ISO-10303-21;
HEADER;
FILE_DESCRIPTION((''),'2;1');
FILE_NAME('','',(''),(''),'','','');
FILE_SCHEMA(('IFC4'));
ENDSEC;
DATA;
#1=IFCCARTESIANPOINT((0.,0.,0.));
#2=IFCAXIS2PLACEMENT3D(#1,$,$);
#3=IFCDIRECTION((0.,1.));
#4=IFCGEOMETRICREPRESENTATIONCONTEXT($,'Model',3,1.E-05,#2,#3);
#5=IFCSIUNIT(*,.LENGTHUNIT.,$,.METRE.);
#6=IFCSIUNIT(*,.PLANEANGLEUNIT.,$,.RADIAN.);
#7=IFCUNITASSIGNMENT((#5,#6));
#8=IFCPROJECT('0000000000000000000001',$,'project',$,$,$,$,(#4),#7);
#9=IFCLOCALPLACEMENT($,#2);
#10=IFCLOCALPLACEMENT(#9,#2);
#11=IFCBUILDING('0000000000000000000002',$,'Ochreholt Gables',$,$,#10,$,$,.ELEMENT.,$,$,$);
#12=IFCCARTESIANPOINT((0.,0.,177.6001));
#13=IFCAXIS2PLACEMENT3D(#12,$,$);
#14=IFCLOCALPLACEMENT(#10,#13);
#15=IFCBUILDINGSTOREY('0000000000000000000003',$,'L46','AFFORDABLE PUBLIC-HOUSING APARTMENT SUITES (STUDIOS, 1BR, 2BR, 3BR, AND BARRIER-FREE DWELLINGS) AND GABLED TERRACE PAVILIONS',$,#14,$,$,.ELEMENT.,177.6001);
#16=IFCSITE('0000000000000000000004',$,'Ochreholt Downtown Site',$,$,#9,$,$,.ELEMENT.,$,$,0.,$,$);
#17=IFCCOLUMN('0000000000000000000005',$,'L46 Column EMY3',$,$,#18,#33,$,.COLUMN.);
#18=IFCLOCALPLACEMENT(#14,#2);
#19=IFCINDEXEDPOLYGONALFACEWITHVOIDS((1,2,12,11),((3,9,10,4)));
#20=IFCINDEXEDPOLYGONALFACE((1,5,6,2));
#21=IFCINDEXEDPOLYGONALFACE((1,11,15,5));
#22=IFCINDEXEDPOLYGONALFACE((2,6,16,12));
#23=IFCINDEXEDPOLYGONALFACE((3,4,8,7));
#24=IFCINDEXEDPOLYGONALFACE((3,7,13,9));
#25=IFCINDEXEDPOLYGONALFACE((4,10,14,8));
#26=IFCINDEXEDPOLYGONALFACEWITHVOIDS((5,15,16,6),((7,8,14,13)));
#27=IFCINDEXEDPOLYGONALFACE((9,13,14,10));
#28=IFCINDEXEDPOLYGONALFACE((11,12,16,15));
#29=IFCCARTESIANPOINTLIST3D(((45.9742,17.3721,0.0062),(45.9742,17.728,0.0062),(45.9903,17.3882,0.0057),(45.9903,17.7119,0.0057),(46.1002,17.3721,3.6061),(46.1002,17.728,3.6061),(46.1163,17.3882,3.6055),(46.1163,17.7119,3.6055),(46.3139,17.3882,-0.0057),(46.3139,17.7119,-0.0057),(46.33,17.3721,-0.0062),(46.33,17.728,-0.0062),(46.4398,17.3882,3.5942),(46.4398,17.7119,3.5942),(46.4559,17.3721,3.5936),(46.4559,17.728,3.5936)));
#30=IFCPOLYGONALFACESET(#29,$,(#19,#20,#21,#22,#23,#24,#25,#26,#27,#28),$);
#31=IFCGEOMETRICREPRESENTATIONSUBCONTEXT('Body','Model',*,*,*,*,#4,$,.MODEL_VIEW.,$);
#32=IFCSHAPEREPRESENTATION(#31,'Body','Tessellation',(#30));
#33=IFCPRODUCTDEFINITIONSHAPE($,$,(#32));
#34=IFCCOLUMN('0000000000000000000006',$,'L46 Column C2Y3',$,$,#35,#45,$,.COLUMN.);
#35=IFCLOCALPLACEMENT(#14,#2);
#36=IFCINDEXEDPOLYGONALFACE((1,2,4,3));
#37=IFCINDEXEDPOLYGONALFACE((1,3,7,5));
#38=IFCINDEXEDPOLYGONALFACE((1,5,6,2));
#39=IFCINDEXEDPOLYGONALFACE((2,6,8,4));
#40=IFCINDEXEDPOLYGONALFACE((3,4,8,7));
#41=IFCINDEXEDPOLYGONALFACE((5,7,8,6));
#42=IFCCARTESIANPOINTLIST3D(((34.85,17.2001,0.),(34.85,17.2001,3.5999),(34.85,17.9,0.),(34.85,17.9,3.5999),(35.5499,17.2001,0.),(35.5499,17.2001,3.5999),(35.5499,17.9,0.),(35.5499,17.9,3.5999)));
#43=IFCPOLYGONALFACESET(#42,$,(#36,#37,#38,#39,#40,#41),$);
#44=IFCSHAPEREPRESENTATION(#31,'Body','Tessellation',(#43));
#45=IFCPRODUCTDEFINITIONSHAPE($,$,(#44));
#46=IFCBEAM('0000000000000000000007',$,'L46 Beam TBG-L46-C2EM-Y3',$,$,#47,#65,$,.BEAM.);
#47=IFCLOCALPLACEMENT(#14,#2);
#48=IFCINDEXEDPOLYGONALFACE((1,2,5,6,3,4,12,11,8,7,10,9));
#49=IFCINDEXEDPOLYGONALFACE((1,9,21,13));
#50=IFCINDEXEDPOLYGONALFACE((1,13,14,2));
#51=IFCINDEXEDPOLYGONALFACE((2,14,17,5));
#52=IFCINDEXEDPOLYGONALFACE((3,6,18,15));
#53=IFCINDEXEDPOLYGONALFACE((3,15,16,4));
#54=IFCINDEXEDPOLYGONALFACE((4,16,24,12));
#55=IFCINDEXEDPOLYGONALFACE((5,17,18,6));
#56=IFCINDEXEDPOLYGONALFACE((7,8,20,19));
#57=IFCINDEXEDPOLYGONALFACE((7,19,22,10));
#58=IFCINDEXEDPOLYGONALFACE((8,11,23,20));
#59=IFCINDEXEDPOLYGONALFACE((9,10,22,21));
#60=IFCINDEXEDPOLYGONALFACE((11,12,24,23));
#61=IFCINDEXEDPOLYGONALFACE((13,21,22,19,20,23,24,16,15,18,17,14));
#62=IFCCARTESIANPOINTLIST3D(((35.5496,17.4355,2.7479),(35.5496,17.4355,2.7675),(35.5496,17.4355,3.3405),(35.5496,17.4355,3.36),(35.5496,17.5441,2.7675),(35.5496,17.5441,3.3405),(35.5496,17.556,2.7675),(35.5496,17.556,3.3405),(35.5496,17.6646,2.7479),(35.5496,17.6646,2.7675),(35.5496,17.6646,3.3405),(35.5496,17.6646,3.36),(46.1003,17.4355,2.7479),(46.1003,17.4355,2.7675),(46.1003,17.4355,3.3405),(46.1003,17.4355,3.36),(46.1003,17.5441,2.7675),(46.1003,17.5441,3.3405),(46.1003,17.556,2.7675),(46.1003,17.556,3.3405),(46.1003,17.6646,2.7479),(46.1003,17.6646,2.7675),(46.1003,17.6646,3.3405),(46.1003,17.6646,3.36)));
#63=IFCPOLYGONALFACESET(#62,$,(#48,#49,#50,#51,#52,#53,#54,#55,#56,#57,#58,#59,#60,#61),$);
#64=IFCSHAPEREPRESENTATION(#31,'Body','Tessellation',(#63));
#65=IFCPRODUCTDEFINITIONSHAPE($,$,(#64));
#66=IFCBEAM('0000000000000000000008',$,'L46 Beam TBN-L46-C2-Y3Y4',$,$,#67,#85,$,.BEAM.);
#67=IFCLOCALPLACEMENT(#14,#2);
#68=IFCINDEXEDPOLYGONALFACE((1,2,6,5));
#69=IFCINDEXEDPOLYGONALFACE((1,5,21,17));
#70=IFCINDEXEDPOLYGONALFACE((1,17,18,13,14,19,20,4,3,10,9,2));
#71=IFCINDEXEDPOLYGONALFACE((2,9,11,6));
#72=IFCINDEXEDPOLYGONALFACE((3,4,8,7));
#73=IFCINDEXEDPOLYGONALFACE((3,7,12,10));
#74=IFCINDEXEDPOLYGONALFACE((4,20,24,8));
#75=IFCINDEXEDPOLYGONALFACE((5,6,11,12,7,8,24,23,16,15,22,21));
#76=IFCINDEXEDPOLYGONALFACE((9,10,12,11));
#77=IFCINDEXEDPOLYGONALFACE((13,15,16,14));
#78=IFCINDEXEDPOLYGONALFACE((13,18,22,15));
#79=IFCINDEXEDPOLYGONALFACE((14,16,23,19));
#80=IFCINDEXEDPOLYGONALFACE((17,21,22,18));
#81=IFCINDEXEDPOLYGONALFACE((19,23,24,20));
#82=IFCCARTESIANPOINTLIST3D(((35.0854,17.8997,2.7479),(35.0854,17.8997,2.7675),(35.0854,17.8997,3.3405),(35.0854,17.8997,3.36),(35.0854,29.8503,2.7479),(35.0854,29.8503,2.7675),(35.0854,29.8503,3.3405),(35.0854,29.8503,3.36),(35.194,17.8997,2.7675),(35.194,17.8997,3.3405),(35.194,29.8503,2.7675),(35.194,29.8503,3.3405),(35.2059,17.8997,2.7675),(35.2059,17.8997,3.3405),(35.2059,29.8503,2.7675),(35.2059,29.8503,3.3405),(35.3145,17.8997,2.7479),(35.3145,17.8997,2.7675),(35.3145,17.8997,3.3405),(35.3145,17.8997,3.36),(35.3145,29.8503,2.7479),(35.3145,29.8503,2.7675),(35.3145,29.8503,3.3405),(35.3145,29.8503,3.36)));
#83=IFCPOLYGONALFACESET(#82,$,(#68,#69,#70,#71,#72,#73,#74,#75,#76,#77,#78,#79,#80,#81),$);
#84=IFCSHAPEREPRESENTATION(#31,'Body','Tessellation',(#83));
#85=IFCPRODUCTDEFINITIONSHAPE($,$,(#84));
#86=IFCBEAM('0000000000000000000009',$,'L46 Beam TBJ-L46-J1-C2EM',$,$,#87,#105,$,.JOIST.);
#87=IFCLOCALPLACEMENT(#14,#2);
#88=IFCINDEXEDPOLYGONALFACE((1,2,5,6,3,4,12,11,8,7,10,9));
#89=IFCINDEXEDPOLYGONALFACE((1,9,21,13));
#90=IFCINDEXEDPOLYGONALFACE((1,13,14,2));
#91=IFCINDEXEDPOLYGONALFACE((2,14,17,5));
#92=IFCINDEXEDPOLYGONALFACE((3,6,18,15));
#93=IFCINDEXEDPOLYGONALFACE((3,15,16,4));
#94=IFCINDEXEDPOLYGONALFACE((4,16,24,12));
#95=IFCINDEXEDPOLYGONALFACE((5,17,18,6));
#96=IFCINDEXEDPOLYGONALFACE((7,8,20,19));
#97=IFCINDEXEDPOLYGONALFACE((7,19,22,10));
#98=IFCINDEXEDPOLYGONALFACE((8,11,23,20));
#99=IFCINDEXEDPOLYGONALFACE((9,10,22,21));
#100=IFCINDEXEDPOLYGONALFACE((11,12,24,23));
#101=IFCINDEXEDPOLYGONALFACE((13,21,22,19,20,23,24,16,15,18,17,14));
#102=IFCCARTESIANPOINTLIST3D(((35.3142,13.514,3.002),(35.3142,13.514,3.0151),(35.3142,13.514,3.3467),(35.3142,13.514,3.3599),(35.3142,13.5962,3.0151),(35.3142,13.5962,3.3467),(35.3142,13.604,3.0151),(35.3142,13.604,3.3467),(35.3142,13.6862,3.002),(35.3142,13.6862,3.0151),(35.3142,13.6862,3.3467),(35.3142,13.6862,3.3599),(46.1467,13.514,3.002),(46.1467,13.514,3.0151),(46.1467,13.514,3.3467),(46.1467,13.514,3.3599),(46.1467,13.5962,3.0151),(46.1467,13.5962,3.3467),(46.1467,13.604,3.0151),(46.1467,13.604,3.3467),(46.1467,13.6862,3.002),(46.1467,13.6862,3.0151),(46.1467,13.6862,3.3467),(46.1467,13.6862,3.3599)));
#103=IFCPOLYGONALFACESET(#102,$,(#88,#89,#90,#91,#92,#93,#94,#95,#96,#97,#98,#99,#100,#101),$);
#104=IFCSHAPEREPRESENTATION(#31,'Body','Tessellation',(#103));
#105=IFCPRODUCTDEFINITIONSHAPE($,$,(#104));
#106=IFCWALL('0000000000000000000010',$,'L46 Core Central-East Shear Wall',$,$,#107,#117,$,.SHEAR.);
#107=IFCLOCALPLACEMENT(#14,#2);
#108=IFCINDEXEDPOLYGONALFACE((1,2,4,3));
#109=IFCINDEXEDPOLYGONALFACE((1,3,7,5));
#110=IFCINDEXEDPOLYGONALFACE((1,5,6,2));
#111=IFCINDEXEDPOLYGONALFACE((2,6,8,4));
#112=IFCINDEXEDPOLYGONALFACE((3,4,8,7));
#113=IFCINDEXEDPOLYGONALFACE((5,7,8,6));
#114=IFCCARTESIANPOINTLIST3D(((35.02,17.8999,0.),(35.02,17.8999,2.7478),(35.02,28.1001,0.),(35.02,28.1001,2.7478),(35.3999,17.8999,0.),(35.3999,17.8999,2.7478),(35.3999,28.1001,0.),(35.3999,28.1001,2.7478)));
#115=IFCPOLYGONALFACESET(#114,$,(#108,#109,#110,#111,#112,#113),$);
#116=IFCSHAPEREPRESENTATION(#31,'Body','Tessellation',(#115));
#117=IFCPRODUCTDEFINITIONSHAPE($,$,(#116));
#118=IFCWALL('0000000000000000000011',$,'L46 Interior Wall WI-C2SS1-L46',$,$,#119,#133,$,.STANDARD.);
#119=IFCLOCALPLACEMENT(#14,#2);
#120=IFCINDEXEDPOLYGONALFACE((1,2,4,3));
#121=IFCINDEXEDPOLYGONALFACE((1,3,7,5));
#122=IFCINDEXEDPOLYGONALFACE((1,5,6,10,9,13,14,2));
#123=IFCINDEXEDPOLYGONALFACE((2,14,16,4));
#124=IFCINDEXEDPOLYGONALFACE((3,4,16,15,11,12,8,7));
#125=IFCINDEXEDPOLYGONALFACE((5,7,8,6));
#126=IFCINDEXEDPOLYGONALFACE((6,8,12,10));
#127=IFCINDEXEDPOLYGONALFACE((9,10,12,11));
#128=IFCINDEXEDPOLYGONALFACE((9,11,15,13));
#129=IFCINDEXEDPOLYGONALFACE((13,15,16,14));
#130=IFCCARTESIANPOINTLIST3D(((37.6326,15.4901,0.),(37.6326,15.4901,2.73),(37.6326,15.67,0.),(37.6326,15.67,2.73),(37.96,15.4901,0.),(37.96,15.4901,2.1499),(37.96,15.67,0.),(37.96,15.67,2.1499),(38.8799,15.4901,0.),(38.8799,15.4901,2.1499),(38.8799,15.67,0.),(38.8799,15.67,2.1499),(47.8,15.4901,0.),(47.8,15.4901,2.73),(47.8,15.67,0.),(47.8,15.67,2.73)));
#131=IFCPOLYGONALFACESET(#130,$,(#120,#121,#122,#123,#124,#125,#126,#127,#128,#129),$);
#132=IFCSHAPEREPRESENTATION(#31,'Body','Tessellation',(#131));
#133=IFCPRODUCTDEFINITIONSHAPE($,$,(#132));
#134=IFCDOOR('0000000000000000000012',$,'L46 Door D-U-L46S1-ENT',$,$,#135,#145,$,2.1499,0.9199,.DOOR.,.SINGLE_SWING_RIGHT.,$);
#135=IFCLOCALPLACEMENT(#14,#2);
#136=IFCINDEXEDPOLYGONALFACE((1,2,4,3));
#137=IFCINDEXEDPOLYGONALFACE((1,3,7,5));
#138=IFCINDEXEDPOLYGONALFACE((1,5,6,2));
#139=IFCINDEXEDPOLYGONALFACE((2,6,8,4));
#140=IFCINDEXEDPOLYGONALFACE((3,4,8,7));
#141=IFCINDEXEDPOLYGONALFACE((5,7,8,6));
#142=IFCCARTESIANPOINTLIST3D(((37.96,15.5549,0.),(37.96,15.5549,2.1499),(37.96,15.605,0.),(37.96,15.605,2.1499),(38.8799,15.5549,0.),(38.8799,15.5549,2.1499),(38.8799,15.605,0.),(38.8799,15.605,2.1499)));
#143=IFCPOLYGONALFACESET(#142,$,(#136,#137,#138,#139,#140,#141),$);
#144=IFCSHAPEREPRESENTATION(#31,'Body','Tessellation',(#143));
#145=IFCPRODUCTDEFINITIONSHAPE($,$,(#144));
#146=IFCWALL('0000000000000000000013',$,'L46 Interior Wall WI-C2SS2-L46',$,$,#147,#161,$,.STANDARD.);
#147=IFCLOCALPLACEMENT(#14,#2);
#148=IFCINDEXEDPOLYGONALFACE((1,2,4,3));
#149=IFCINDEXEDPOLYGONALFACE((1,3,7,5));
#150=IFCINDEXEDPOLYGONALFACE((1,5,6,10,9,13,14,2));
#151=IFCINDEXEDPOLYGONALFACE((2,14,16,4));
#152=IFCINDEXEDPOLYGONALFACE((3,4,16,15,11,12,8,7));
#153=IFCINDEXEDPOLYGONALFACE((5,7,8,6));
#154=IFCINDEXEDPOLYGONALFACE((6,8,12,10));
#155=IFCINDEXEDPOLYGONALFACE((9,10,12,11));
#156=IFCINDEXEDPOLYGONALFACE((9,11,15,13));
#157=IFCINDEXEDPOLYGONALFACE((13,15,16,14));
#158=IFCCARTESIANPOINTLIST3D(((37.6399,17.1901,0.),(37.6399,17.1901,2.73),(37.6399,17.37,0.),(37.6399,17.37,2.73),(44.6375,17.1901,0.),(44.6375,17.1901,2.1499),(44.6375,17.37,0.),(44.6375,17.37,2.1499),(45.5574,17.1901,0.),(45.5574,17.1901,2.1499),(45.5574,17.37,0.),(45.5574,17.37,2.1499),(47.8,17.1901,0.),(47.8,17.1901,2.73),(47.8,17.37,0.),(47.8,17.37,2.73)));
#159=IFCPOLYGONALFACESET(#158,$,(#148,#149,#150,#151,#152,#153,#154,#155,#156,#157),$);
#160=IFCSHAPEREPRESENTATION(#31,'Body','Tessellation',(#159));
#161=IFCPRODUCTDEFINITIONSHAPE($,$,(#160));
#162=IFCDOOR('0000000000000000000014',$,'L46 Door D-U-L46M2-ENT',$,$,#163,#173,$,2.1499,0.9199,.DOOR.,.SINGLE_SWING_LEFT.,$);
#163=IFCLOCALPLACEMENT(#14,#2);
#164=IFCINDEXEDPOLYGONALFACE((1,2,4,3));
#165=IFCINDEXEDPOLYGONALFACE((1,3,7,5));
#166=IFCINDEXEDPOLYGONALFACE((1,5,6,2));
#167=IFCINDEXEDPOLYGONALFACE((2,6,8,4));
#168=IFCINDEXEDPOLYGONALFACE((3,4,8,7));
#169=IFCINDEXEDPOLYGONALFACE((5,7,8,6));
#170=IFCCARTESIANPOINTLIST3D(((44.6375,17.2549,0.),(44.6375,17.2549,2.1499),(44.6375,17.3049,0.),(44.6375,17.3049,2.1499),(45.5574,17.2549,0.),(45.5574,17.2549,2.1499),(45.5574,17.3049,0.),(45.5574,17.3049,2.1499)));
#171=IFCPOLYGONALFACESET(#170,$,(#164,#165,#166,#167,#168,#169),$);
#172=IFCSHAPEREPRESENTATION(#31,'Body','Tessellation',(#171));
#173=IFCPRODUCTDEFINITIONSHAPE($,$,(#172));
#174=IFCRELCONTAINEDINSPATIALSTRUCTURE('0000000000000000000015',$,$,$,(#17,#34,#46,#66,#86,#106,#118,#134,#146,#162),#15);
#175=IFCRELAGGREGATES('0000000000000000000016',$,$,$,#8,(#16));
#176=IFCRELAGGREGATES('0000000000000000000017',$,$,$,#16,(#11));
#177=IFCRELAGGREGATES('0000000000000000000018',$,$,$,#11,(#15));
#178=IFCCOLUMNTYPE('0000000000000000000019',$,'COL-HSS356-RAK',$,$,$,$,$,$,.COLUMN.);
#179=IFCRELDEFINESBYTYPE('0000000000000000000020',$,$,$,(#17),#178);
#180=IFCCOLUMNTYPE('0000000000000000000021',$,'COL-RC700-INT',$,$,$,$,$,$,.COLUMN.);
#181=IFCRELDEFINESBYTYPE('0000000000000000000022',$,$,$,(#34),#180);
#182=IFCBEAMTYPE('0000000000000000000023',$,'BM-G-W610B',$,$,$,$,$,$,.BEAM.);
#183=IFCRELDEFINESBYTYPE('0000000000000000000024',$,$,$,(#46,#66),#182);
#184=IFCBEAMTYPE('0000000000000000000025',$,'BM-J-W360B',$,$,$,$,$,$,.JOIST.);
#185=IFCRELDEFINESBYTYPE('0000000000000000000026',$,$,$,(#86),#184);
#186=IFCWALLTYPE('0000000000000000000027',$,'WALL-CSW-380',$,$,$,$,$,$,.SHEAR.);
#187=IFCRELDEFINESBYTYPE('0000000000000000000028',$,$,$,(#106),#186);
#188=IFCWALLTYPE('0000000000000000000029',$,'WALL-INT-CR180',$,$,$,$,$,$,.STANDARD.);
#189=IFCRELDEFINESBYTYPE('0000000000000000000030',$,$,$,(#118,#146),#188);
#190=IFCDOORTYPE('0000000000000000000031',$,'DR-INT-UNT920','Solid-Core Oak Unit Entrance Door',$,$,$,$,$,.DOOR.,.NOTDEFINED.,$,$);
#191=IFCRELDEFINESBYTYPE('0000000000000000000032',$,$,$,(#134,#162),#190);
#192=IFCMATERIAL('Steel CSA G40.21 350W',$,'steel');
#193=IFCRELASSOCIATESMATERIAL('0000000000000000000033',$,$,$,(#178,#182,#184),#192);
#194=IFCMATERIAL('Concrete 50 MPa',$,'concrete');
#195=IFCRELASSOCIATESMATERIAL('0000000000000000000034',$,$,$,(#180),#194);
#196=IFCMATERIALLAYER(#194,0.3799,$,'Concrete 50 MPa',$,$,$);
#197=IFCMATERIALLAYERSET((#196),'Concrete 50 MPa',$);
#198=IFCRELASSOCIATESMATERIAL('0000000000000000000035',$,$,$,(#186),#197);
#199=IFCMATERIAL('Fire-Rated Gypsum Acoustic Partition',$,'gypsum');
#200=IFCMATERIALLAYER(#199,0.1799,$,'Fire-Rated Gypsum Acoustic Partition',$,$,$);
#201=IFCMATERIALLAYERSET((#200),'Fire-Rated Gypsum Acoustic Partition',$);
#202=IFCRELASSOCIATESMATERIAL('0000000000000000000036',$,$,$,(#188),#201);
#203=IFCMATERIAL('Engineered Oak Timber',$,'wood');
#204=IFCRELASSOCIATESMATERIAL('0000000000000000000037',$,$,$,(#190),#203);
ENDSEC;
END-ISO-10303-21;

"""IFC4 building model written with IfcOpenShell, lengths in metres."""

from ifc_helpers import new_model, si_unit, direction, frame, frame_2d, origin, origin_2d, place, context, subcontext, project, spatial, rectangle, hollow_rectangle, i_section, extrude, material, layer, layer_set, material_profile, profile_set, type_object, element, fill, save


model = new_model("IFC4")

# Units and contexts
model_context = context("Model", 3, precision=1e-05, world=origin(), true_north=direction((0.0, 1.0)))
body_context = subcontext(model_context, "Body", "Model", "MODEL_VIEW")
ifc_project = project(units=[si_unit("LENGTHUNIT", "METRE"), si_unit("PLANEANGLEUNIT", "RADIAN")], contexts=[model_context])

# Site, building, storey
site_placement = place(None, origin())
site = spatial("IfcSite", under=ifc_project, at=site_placement, Name="Ochreholt Downtown Site", CompositionType="ELEMENT", RefElevation=0.0)
building_placement = place(site_placement, origin())
building = spatial("IfcBuilding", under=site, at=building_placement, Name="Ochreholt Gables", CompositionType="ELEMENT")
storey_placement = place(building_placement, frame((0.0, 0.0, 177.6001)))
storey = spatial("IfcBuildingStorey", under=building, at=storey_placement, Name="L46", Description="AFFORDABLE PUBLIC-HOUSING APARTMENT SUITES (STUDIOS, 1BR, 2BR, 3BR, AND BARRIER-FREE DWELLINGS) AND GABLED TERRACE PAVILIONS", CompositionType="ELEMENT", Elevation=177.6001)

# Columns
ifc_material_1 = material(Name="Steel CSA G40.21 350W", Category="steel")
ifc_material_profile_1 = material_profile(ifc_material_1, hollow_rectangle(XDim=0.356, YDim=0.356, WallThickness=0.0161, at=origin_2d()), Name="HSS356X356X16")
ifc_profile_set_1 = profile_set([ifc_material_profile_1], Name="Steel CSA G40.21 350W")
column_type_1 = type_object("IfcColumnType", Name="COL-HSS356-RAK", PredefinedType="COLUMN", material=ifc_profile_set_1)
column_1_placement = place(storey_placement, frame((46.1521, 17.55, 0.0), z_axis=(0.034974, 0.0, 0.999388), x_axis=(0.0, 1.0, 0.0)))
element("IfcColumn", 1, at=column_1_placement, inside=storey, type_object=column_type_1, Name="L46 Column EMY3", PredefinedType="COLUMN", context=body_context, shape_type="SweptSolid", body=[
    extrude(hollow_rectangle(XDim=0.356, YDim=0.356, WallThickness=0.0161, at=origin_2d()), origin(), (0.0, 0.0, 1.0), 3.6021),
])
ifc_material_2 = material(Name="Concrete 50 MPa", Category="concrete")
ifc_material_profile_2 = material_profile(ifc_material_2, rectangle(XDim=0.7, YDim=0.7, at=origin_2d()), Name="RC700X700")
ifc_profile_set_2 = profile_set([ifc_material_profile_2], Name="Concrete 50 MPa")
column_type_2 = type_object("IfcColumnType", Name="COL-RC700-INT", PredefinedType="COLUMN", material=ifc_profile_set_2)
column_2_placement = place(storey_placement, frame((35.2, 17.55, 0.0), z_axis=(0.0, 0.0, 1.0), x_axis=(1.0, 0.0, 0.0)))
element("IfcColumn", 2, at=column_2_placement, inside=storey, type_object=column_type_2, Name="L46 Column C2Y3", PredefinedType="COLUMN", context=body_context, shape_type="SweptSolid", body=[
    extrude(rectangle(XDim=0.7, YDim=0.7, at=origin_2d()), origin(), (0.0, 0.0, 1.0), 3.5999),
])

# Beams
ifc_material_profile_3 = material_profile(ifc_material_1, i_section(OverallWidth=0.229, OverallDepth=0.6121, WebThickness=0.012, FlangeThickness=0.0195, at=origin_2d()), Name="W610X125")
ifc_profile_set_3 = profile_set([ifc_material_profile_3], Name="Steel CSA G40.21 350W")
beam_type_1 = type_object("IfcBeamType", Name="BM-G-W610B", PredefinedType="BEAM", material=ifc_profile_set_3)
beam_1_placement = place(storey_placement, frame((35.5496, 17.55, 3.054), z_axis=(1.0, 0.0, 0.0), x_axis=(0.0, 1.0, 0.0)))
element("IfcBeam", 3, at=beam_1_placement, inside=storey, type_object=beam_type_1, Name="L46 Beam TBG-L46-C2EM-Y3", PredefinedType="BEAM", context=body_context, shape_type="SweptSolid", body=[
    extrude(i_section(OverallWidth=0.229, OverallDepth=0.6121, WebThickness=0.012, FlangeThickness=0.0195, at=origin_2d()), origin(), (0.0, 0.0, 1.0), 10.5508),
])
beam_2_placement = place(storey_placement, frame((35.2, 17.8997, 3.054), z_axis=(0.0, 1.0, 0.0), x_axis=(-1.0, 0.0, 0.0)))
element("IfcBeam", 4, at=beam_2_placement, inside=storey, type_object=beam_type_1, Name="L46 Beam TBN-L46-C2-Y3Y4", PredefinedType="BEAM", context=body_context, shape_type="SweptSolid", body=[
    extrude(i_section(OverallWidth=0.229, OverallDepth=0.6121, WebThickness=0.012, FlangeThickness=0.0195, at=origin_2d()), origin(), (0.0, 0.0, 1.0), 11.9507),
])
ifc_material_profile_4 = material_profile(ifc_material_1, i_section(OverallWidth=0.1721, OverallDepth=0.3579, WebThickness=0.0078, FlangeThickness=0.0132, at=origin_2d()), Name="W360X57")
ifc_profile_set_4 = profile_set([ifc_material_profile_4], Name="Steel CSA G40.21 350W")
beam_type_2 = type_object("IfcBeamType", Name="BM-J-W360B", PredefinedType="JOIST", material=ifc_profile_set_4)
beam_3_placement = place(storey_placement, frame((35.3142, 13.6001, 3.1809), z_axis=(1.0, 0.0, 0.0), x_axis=(0.0, 1.0, 0.0)))
element("IfcBeam", 5, at=beam_3_placement, inside=storey, type_object=beam_type_2, Name="L46 Beam TBJ-L46-J1-C2EM", PredefinedType="JOIST", context=body_context, shape_type="SweptSolid", body=[
    extrude(i_section(OverallWidth=0.1721, OverallDepth=0.3579, WebThickness=0.0078, FlangeThickness=0.0132, at=origin_2d()), origin(), (0.0, 0.0, 1.0), 10.8325),
])

# Wall
ifc_layer_1 = layer(ifc_material_2, 0.3799, Name="Concrete 50 MPa")
ifc_layer_set_1 = layer_set([ifc_layer_1], Name="Concrete 50 MPa")
wall_type_1 = type_object("IfcWallType", Name="WALL-CSW-380", PredefinedType="SHEAR", material=ifc_layer_set_1)
wall_1_placement = place(storey_placement, frame((35.21, 17.8999, 0.0), z_axis=(0.0, 0.0, 1.0), x_axis=(0.0, 1.0, 0.0)))
element("IfcWall", 6, at=wall_1_placement, inside=storey, type_object=wall_type_1, Name="L46 Core Central-East Shear Wall", PredefinedType="SHEAR", context=body_context, shape_type="SweptSolid", body=[
    extrude(rectangle(XDim=10.2002, YDim=0.3799, at=frame_2d((5.1001, 0.0))), origin(), (0.0, 0.0, 1.0), 2.7478),
])

# Shared definitions
ifc_material_3 = material(Name="Fire-Rated Gypsum Acoustic Partition", Category="gypsum")
ifc_layer_2 = layer(ifc_material_3, 0.1799, Name="Fire-Rated Gypsum Acoustic Partition")
ifc_layer_set_2 = layer_set([ifc_layer_2], Name="Fire-Rated Gypsum Acoustic Partition")
wall_type_2 = type_object("IfcWallType", Name="WALL-INT-CR180", PredefinedType="STANDARD", material=ifc_layer_set_2)
ifc_material_4 = material(Name="Engineered Oak Timber", Category="wood")

# Walls, openings, doors
wall_2_placement = place(storey_placement, frame((37.6326, 15.5801, 0.0), z_axis=(0.0, 0.0, 1.0), x_axis=(1.0, 0.0, 0.0)))
wall_2 = element("IfcWall", 7, at=wall_2_placement, inside=storey, type_object=wall_type_2, Name="L46 Interior Wall WI-C2SS1-L46", PredefinedType="STANDARD", context=body_context, shape_type="SweptSolid", body=[
    extrude(rectangle(XDim=10.1675, YDim=0.1799, at=frame_2d((5.0837, 0.0))), origin(), (0.0, 0.0, 1.0), 2.73),
])
opening_1_placement = place(wall_2_placement, frame((0.3274, 0.0, 0.0)))
opening_1 = element("IfcOpeningElement", 8, at=opening_1_placement, cuts=wall_2, PredefinedType="OPENING", context=body_context, shape_type="SweptSolid", body=[
    extrude(rectangle(XDim=0.9199, YDim=2.1499, at=frame_2d((0.46, 1.075))), frame((0.0, 0.0999, 0.0), z_axis=(0.0, -1.0, 0.0), x_axis=(1.0, 0.0, 0.0)), (0.0, 0.0, 1.0), 0.2),
])
door_type_1 = type_object("IfcDoorType", Name="DR-INT-UNT920", Description="Solid-Core Oak Unit Entrance Door", OperationType="NOTDEFINED", PredefinedType="DOOR", material=ifc_material_4)
door_1_placement = place(opening_1_placement, origin())
door_1 = element("IfcDoor", 9, at=door_1_placement, inside=storey, type_object=door_type_1, Name="L46 Door D-U-L46S1-ENT", OperationType="SINGLE_SWING_RIGHT", OverallHeight=2.1499, OverallWidth=0.9199, PredefinedType="DOOR", context=body_context, shape_type="SweptSolid", body=[
    extrude(rectangle(XDim=0.9199, YDim=2.1499, at=frame_2d((0.46, 1.075))), frame((0.0, 0.0249, 0.0), z_axis=(0.0, -1.0, 0.0), x_axis=(1.0, 0.0, 0.0)), (0.0, 0.0, 1.0), 0.05),
])
fill(opening_1, door_1)
wall_3_placement = place(storey_placement, frame((37.6399, 17.28, 0.0), z_axis=(0.0, 0.0, 1.0), x_axis=(1.0, 0.0, 0.0)))
wall_3 = element("IfcWall", 10, at=wall_3_placement, inside=storey, type_object=wall_type_2, Name="L46 Interior Wall WI-C2SS2-L46", PredefinedType="STANDARD", context=body_context, shape_type="SweptSolid", body=[
    extrude(rectangle(XDim=10.1602, YDim=0.1799, at=frame_2d((5.0801, 0.0))), origin(), (0.0, 0.0, 1.0), 2.73),
])
opening_2_placement = place(wall_3_placement, frame((6.9976, 0.0, 0.0)))
opening_2 = element("IfcOpeningElement", 11, at=opening_2_placement, cuts=wall_3, PredefinedType="OPENING", context=body_context, shape_type="SweptSolid", body=[
    extrude(rectangle(XDim=0.9199, YDim=2.1499, at=frame_2d((0.46, 1.075))), frame((0.0, 0.0999, 0.0), z_axis=(0.0, -1.0, 0.0), x_axis=(1.0, 0.0, 0.0)), (0.0, 0.0, 1.0), 0.2),
])
door_2_placement = place(opening_2_placement, origin())
door_2 = element("IfcDoor", 12, at=door_2_placement, inside=storey, type_object=door_type_1, Name="L46 Door D-U-L46M2-ENT", OperationType="SINGLE_SWING_LEFT", OverallHeight=2.1499, OverallWidth=0.9199, PredefinedType="DOOR", context=body_context, shape_type="SweptSolid", body=[
    extrude(rectangle(XDim=0.9199, YDim=2.1499, at=frame_2d((0.46, 1.075))), frame((0.0, 0.0249, 0.0), z_axis=(0.0, -1.0, 0.0), x_axis=(1.0, 0.0, 0.0)), (0.0, 0.0, 1.0), 0.05),
])
fill(opening_2, door_2)

save(model, "model.ifc")
